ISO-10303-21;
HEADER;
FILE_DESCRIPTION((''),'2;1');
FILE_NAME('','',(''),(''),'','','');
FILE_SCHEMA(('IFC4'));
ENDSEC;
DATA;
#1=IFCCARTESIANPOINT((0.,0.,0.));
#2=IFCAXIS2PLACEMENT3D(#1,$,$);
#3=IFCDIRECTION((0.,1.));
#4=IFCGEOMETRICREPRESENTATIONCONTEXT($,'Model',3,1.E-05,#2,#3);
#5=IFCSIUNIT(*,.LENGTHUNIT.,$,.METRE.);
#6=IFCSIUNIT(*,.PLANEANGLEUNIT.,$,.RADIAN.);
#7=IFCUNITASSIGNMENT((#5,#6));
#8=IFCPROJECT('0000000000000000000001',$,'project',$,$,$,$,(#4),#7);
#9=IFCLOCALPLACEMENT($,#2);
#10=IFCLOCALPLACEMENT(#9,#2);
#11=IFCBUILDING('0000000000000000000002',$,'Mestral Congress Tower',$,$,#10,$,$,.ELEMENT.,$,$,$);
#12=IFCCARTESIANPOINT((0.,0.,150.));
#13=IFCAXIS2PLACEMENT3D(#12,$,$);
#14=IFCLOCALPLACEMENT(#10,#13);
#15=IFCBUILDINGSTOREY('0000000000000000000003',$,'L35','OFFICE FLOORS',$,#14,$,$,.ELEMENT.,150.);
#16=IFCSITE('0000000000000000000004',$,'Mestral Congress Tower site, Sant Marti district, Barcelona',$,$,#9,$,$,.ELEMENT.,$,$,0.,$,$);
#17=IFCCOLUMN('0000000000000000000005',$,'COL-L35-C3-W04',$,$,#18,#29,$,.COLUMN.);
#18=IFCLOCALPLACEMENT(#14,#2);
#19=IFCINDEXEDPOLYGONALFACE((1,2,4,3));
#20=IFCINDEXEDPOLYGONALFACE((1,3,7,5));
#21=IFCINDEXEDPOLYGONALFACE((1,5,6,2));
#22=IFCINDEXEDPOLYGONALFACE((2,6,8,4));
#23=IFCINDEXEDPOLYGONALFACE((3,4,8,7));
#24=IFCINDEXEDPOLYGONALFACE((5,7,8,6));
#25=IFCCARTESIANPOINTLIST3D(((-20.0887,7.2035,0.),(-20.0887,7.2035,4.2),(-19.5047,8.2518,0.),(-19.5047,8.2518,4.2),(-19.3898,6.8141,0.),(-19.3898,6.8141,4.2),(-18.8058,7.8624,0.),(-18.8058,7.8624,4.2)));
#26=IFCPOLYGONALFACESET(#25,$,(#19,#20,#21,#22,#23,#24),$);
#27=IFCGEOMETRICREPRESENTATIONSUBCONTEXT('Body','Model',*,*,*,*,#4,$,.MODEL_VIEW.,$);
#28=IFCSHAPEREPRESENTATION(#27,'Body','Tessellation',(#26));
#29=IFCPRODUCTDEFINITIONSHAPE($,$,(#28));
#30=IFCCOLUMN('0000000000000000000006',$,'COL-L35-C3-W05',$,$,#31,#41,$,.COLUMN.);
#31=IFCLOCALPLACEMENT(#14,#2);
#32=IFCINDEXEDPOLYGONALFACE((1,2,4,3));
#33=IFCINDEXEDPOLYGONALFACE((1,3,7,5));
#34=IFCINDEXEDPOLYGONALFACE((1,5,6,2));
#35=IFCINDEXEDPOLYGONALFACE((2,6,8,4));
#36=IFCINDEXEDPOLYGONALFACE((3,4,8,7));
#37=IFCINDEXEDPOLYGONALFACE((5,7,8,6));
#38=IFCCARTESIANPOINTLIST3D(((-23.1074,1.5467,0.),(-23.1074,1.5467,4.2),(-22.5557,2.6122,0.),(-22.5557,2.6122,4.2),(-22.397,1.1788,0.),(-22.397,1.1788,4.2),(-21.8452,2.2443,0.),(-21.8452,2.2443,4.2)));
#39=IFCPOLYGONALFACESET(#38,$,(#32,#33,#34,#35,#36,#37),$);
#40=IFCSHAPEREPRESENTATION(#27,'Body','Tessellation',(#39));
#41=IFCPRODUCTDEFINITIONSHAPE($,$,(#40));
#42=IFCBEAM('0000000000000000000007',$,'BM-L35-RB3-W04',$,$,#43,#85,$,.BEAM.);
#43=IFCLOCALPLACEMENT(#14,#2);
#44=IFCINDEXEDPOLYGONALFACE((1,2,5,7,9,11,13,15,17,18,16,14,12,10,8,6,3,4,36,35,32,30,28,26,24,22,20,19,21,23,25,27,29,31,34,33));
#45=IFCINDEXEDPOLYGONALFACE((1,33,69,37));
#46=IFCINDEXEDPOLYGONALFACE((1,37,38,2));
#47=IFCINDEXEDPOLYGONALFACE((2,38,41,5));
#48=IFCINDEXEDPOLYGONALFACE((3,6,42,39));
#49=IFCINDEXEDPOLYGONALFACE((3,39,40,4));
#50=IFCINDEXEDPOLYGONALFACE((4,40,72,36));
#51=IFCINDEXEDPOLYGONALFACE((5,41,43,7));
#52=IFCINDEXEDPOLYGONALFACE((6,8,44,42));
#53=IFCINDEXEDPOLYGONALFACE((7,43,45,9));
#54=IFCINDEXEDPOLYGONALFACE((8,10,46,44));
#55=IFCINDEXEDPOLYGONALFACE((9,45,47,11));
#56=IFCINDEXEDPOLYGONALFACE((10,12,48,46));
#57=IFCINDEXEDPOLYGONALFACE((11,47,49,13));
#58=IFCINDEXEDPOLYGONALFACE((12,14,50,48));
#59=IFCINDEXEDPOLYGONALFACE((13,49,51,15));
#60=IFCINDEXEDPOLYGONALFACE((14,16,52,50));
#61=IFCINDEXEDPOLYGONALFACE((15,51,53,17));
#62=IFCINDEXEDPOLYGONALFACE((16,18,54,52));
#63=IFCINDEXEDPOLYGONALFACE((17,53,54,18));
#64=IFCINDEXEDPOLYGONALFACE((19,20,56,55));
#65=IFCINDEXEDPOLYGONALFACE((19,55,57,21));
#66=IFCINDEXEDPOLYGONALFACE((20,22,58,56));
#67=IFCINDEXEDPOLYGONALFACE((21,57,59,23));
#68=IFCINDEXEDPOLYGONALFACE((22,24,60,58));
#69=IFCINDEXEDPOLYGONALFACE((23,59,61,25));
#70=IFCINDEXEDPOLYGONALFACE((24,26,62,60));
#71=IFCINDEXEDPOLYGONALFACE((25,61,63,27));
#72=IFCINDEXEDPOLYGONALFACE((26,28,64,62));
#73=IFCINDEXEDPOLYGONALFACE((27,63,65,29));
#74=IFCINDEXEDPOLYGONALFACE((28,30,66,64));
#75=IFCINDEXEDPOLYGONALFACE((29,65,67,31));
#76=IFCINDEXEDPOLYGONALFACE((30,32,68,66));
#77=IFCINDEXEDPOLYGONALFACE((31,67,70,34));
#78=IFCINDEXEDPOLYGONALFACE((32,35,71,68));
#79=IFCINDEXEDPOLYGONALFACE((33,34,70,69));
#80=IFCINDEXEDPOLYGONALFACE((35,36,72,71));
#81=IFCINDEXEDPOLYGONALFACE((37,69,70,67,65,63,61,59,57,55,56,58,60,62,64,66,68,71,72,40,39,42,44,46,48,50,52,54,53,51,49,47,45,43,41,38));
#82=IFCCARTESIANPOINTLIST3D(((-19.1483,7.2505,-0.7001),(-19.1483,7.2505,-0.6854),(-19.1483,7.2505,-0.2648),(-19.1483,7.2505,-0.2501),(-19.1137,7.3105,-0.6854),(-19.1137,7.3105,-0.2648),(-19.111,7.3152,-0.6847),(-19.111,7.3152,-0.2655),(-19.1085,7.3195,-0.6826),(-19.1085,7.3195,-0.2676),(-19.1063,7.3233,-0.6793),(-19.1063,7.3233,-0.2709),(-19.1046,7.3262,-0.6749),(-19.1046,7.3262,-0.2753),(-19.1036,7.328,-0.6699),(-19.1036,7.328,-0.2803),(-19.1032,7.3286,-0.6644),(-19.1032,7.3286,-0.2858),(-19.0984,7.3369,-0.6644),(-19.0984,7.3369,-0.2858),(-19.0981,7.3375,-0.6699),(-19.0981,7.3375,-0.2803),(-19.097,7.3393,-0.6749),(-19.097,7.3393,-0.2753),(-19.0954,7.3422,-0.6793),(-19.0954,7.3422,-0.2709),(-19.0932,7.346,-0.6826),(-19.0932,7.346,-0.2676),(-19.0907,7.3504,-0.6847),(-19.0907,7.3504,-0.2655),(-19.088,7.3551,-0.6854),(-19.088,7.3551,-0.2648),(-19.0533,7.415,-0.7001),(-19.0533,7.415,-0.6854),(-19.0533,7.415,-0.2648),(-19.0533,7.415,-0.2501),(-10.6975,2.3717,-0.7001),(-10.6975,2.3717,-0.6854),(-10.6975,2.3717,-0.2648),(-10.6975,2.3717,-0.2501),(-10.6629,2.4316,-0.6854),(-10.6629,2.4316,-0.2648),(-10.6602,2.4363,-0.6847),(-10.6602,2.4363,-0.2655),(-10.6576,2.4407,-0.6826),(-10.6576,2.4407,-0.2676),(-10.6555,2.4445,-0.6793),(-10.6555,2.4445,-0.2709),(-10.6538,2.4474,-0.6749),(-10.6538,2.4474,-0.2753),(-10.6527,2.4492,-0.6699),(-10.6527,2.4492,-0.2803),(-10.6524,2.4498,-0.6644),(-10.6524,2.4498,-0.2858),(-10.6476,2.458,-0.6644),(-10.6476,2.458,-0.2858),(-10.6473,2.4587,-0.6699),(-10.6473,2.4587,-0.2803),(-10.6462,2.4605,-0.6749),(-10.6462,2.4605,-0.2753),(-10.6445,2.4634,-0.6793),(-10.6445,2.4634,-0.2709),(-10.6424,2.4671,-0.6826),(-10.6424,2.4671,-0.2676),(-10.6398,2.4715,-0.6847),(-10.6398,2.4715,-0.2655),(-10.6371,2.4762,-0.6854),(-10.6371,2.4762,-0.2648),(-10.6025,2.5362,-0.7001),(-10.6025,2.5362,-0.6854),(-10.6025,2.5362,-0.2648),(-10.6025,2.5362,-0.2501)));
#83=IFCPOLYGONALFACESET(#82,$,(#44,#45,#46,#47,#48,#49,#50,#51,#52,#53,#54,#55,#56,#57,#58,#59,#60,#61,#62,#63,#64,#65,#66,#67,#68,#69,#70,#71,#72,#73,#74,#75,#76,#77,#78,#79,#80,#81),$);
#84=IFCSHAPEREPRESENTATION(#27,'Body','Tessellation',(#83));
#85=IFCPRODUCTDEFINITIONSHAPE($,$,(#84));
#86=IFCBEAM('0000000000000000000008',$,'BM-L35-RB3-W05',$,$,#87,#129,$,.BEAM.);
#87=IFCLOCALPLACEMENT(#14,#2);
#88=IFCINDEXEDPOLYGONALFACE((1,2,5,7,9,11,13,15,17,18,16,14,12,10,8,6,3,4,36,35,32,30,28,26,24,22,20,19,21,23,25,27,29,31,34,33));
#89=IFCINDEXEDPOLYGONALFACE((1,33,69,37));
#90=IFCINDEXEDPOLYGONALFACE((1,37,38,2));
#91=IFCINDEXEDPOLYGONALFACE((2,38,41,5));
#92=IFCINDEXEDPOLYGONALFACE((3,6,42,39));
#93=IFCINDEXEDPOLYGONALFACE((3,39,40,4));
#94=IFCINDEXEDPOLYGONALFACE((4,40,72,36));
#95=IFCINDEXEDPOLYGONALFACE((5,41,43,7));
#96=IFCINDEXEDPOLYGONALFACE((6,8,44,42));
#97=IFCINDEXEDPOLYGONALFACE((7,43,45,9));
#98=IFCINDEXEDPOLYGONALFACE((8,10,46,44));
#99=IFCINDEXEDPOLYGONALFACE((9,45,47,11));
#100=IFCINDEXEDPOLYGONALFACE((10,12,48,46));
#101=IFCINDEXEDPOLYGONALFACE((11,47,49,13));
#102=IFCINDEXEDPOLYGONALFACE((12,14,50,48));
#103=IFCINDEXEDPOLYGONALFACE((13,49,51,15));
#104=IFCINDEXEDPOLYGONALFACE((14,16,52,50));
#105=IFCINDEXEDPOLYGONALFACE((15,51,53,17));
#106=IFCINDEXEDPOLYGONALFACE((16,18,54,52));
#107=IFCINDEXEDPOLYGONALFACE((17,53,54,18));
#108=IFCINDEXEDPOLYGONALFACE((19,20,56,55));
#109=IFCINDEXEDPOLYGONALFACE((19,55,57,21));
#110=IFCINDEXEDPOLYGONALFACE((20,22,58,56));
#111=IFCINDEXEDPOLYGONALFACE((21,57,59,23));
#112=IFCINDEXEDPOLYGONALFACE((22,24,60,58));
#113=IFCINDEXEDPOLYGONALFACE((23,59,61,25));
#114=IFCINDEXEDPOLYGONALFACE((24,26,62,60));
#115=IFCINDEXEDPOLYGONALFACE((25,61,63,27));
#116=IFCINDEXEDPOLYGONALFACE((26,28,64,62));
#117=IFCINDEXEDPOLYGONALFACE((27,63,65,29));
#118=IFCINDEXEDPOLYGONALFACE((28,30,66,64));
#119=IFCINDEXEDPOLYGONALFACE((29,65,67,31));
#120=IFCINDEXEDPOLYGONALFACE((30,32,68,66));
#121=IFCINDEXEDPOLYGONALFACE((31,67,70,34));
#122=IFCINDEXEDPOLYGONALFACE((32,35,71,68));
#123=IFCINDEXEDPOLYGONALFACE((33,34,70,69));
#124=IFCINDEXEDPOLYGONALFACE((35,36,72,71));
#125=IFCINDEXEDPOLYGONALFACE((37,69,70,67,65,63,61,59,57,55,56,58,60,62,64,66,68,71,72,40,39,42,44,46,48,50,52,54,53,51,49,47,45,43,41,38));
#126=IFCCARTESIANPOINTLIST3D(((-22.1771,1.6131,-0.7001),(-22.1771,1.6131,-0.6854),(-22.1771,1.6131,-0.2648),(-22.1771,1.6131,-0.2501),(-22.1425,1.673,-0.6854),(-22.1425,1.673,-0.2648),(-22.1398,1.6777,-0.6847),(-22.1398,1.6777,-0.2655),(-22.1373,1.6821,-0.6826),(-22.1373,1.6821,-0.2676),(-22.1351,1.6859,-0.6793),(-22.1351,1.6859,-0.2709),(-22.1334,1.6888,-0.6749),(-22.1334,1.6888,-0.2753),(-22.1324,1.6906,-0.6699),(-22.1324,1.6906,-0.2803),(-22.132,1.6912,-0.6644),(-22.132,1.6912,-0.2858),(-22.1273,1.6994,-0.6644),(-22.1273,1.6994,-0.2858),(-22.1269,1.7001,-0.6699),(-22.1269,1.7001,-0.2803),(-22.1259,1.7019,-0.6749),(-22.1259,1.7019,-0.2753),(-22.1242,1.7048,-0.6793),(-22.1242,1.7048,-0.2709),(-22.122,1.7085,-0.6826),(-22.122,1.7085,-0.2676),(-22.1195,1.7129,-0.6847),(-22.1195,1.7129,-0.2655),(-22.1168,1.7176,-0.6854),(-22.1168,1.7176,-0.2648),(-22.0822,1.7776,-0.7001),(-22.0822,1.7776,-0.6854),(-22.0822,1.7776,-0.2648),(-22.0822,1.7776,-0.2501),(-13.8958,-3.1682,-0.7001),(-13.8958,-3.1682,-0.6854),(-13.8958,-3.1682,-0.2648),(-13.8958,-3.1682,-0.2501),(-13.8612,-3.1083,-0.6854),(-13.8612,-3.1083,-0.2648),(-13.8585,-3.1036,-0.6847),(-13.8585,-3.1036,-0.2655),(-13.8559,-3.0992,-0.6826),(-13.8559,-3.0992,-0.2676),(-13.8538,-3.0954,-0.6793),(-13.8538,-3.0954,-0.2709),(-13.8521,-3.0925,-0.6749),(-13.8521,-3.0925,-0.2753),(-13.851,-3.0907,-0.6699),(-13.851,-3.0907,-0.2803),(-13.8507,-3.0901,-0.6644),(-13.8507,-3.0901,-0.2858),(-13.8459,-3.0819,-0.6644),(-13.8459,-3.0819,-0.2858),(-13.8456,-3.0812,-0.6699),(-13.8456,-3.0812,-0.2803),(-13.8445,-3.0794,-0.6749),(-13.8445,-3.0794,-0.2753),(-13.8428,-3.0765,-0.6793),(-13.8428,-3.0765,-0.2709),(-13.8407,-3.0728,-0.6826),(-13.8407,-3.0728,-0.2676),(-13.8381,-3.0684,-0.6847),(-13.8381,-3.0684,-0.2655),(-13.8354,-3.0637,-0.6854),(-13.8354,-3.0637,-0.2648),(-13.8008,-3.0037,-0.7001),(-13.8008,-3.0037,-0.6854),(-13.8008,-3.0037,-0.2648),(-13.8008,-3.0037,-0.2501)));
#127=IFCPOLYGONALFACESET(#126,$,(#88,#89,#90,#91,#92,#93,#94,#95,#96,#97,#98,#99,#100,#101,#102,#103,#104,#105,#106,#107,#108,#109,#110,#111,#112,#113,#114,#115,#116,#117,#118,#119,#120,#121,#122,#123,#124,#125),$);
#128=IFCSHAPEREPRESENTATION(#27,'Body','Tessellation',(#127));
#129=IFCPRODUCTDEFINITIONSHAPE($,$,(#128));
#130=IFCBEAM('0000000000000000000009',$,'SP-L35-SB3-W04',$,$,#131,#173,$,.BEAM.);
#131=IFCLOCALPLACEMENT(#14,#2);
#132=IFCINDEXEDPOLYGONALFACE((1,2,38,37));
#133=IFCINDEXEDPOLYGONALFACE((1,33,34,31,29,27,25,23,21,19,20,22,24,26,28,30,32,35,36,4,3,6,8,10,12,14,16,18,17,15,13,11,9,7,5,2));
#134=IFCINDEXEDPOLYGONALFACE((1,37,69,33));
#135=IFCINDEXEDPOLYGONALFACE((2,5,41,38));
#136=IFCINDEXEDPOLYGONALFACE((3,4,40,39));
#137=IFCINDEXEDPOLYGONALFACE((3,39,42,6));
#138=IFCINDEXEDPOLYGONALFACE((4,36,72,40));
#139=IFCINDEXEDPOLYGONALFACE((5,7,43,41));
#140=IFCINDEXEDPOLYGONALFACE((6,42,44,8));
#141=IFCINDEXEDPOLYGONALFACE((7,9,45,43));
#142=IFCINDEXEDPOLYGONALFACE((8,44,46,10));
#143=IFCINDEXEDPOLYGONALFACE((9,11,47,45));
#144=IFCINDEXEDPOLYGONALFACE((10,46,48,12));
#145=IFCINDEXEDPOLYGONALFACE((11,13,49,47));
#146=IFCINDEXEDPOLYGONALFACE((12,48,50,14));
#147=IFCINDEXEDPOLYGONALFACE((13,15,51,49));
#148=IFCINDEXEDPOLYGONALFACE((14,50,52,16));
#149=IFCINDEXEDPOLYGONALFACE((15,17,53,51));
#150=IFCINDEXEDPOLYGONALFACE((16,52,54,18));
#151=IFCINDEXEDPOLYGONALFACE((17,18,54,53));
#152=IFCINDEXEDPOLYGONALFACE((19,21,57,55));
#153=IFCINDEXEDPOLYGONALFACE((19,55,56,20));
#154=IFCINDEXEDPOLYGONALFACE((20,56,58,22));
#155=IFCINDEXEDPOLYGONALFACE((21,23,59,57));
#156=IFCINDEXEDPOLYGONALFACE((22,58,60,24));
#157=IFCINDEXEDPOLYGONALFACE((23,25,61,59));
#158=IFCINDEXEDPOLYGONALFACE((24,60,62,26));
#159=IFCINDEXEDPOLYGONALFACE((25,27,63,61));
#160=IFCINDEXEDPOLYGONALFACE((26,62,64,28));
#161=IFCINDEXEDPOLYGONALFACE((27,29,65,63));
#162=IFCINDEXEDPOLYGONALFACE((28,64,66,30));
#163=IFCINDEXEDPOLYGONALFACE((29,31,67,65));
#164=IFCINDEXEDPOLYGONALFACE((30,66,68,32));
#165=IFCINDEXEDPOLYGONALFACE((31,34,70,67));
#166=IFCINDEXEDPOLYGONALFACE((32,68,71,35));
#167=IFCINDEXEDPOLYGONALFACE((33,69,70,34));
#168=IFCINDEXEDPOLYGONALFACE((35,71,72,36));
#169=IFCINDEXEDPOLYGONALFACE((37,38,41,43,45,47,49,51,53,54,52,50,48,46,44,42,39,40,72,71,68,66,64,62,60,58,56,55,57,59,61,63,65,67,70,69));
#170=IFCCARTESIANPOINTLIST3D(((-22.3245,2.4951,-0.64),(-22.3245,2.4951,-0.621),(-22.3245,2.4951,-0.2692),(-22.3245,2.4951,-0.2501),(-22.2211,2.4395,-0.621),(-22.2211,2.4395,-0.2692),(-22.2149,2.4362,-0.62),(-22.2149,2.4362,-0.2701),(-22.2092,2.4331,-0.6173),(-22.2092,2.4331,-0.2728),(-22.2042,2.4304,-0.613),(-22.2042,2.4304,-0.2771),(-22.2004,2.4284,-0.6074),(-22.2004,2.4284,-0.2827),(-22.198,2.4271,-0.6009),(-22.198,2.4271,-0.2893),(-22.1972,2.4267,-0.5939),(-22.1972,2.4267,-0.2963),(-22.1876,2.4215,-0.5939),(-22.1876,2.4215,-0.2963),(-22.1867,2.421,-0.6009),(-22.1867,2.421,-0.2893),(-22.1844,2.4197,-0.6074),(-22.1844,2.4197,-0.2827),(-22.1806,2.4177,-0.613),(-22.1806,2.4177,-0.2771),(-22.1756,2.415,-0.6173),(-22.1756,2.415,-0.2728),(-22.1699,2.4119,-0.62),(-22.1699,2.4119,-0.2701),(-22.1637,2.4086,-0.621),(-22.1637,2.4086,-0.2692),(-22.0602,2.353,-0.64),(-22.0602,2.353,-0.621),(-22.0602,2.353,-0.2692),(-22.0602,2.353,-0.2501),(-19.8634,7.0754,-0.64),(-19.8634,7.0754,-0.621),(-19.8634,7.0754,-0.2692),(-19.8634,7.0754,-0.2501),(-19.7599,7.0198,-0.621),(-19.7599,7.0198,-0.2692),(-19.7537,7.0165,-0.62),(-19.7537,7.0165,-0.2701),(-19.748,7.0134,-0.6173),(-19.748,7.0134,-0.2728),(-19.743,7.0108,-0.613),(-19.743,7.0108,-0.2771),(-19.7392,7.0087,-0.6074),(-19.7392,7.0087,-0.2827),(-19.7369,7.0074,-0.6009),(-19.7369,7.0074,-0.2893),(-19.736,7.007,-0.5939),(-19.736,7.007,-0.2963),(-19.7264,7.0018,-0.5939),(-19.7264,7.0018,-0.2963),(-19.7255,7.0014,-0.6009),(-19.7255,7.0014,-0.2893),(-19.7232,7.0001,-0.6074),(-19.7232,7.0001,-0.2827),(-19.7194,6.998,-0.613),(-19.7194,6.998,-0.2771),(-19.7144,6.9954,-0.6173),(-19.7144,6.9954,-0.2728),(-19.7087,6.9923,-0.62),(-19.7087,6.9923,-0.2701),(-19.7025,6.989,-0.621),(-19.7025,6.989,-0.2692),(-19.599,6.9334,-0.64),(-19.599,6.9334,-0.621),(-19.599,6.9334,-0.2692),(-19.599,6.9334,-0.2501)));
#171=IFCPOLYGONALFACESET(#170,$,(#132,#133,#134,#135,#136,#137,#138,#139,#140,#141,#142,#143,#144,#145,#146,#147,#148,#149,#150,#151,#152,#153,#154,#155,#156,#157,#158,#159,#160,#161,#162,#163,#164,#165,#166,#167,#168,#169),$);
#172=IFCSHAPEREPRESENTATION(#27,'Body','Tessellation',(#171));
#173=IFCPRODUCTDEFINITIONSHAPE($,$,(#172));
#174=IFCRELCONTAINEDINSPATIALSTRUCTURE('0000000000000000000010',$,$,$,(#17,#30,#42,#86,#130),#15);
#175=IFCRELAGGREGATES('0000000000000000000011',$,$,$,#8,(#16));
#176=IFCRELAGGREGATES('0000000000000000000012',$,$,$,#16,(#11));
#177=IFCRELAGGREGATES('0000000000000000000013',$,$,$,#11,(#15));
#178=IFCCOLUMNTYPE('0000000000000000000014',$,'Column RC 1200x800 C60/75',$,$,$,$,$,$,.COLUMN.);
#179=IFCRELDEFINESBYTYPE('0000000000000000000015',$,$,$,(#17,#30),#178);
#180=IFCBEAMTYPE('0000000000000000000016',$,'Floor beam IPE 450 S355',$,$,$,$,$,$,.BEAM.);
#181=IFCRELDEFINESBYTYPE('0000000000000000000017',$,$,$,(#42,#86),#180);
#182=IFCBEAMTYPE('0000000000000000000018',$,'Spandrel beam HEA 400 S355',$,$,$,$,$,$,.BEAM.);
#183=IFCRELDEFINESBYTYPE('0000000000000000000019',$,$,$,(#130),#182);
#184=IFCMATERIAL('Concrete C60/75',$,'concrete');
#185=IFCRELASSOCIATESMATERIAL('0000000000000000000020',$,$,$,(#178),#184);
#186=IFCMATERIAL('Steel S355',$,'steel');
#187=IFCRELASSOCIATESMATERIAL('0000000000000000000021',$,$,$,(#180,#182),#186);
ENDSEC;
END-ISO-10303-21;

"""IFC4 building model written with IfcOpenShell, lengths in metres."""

from ifc_helpers import new_model, si_unit, direction, frame, origin, origin_2d, place, context, subcontext, project, spatial, rectangle, i_section, extrude, material, material_profile, profile_set, type_object, element, save


model = new_model("IFC4")

# Units and contexts
model_context = context("Model", 3, precision=1e-05, world=origin(), true_north=direction((0.0, 1.0)))
body_context = subcontext(model_context, "Body", "Model", "MODEL_VIEW")
ifc_project = project(units=[si_unit("LENGTHUNIT", "METRE"), si_unit("PLANEANGLEUNIT", "RADIAN")], contexts=[model_context])

# Site, building, storey
site_placement = place(None, origin())
site = spatial("IfcSite", under=ifc_project, at=site_placement, Name="Mestral Congress Tower site, Sant Marti district, Barcelona", CompositionType="ELEMENT", RefElevation=0.0)
building_placement = place(site_placement, origin())
building = spatial("IfcBuilding", under=site, at=building_placement, Name="Mestral Congress Tower", CompositionType="ELEMENT")
storey_placement = place(building_placement, frame((0.0, 0.0, 150.0)))
storey = spatial("IfcBuildingStorey", under=building, at=storey_placement, Name="L35", Description="OFFICE FLOORS", CompositionType="ELEMENT", Elevation=150.0)

# Columns
ifc_material_1 = material(Name="Concrete C60/75", Category="concrete")
ifc_material_profile_1 = material_profile(ifc_material_1, rectangle(XDim=1.2, YDim=0.8, at=origin_2d()), Name="RC 1200x800")
ifc_profile_set_1 = profile_set([ifc_material_profile_1], Name="Concrete C60/75")
column_type = type_object("IfcColumnType", Name="Column RC 1200x800 C60/75", PredefinedType="COLUMN", material=ifc_profile_set_1)
for number, where, z_axis, x_axis, name in (
    (1, (-19.4473, 7.533, 0.0), (0.0, 0.0, 1.0), (-0.486724, -0.873556, 0.0), "COL-L35-C3-W04"),
    (2, (-22.4763, 1.8955, 0.0), (0.0, 0.0, 1.0), (-0.459837, -0.888003, 0.0), "COL-L35-C3-W05"),
):
    element("IfcColumn", number, at=place(storey_placement, frame(where, z_axis=z_axis, x_axis=x_axis)), inside=storey, type_object=column_type, Name=name, PredefinedType="COLUMN", context=body_context, shape_type="SweptSolid", body=[
        extrude(rectangle(XDim=1.2, YDim=0.8, at=origin_2d()), origin(), (0.0, 0.0, 1.0), 4.2),
    ])

# Beams
ifc_material_2 = material(Name="Steel S355", Category="steel")
ifc_material_profile_2 = material_profile(ifc_material_2, i_section(OverallWidth=0.1899, OverallDepth=0.45, WebThickness=0.0095, FlangeThickness=0.0146, FilletRadius=0.021, at=origin_2d()), Name="IPE 450")
ifc_profile_set_2 = profile_set([ifc_material_profile_2], Name="Steel S355")
beam_type_1 = type_object("IfcBeamType", Name="Floor beam IPE 450 S355", PredefinedType="BEAM", material=ifc_profile_set_2)
beam_1_placement = place(storey_placement, frame((-19.1008, 7.3328, -0.4751), z_axis=(0.866036, -0.499982, 0.0), x_axis=(0.499982, 0.866036, 0.0)))
element("IfcBeam", 3, at=beam_1_placement, inside=storey, type_object=beam_type_1, Name="BM-L35-RB3-W04", PredefinedType="BEAM", context=body_context, shape_type="SweptSolid", body=[
    extrude(i_section(OverallWidth=0.1899, OverallDepth=0.45, WebThickness=0.0095, FlangeThickness=0.0146, FilletRadius=0.021, at=origin_2d()), origin(), (0.0, 0.0, 1.0), 9.7581),
])
beam_2_placement = place(storey_placement, frame((-22.1296, 1.6953, -0.4751), z_axis=(0.866022, -0.500005, 0.0), x_axis=(0.500005, 0.866022, 0.0)))
element("IfcBeam", 4, at=beam_2_placement, inside=storey, type_object=beam_type_1, Name="BM-L35-RB3-W05", PredefinedType="BEAM", context=body_context, shape_type="SweptSolid", body=[
    extrude(i_section(OverallWidth=0.1899, OverallDepth=0.45, WebThickness=0.0095, FlangeThickness=0.0146, FilletRadius=0.021, at=origin_2d()), origin(), (0.0, 0.0, 1.0), 9.5625),
])
ifc_material_profile_3 = material_profile(ifc_material_2, i_section(OverallWidth=0.3, OverallDepth=0.3899, WebThickness=0.011, FlangeThickness=0.019, FilletRadius=0.0271, at=origin_2d()), Name="HEA 400")
ifc_profile_set_3 = profile_set([ifc_material_profile_3], Name="Steel S355")
beam_type_2 = type_object("IfcBeamType", Name="Spandrel beam HEA 400 S355", PredefinedType="BEAM", material=ifc_profile_set_3)
beam_3_placement = place(storey_placement, frame((-19.7312, 7.0044, -0.4451), z_axis=(-0.473332, -0.880884, 0.0), x_axis=(0.880884, -0.473332, 0.0)))
element("IfcBeam", 5, at=beam_3_placement, inside=storey, type_object=beam_type_2, Name="SP-L35-SB3-W04", PredefinedType="BEAM", context=body_context, shape_type="SweptSolid", body=[
    extrude(i_section(OverallWidth=0.3, OverallDepth=0.3899, WebThickness=0.011, FlangeThickness=0.019, FilletRadius=0.0271, at=origin_2d()), origin(), (0.0, 0.0, 1.0), 5.1997),
])

save(model, "model.ifc")
